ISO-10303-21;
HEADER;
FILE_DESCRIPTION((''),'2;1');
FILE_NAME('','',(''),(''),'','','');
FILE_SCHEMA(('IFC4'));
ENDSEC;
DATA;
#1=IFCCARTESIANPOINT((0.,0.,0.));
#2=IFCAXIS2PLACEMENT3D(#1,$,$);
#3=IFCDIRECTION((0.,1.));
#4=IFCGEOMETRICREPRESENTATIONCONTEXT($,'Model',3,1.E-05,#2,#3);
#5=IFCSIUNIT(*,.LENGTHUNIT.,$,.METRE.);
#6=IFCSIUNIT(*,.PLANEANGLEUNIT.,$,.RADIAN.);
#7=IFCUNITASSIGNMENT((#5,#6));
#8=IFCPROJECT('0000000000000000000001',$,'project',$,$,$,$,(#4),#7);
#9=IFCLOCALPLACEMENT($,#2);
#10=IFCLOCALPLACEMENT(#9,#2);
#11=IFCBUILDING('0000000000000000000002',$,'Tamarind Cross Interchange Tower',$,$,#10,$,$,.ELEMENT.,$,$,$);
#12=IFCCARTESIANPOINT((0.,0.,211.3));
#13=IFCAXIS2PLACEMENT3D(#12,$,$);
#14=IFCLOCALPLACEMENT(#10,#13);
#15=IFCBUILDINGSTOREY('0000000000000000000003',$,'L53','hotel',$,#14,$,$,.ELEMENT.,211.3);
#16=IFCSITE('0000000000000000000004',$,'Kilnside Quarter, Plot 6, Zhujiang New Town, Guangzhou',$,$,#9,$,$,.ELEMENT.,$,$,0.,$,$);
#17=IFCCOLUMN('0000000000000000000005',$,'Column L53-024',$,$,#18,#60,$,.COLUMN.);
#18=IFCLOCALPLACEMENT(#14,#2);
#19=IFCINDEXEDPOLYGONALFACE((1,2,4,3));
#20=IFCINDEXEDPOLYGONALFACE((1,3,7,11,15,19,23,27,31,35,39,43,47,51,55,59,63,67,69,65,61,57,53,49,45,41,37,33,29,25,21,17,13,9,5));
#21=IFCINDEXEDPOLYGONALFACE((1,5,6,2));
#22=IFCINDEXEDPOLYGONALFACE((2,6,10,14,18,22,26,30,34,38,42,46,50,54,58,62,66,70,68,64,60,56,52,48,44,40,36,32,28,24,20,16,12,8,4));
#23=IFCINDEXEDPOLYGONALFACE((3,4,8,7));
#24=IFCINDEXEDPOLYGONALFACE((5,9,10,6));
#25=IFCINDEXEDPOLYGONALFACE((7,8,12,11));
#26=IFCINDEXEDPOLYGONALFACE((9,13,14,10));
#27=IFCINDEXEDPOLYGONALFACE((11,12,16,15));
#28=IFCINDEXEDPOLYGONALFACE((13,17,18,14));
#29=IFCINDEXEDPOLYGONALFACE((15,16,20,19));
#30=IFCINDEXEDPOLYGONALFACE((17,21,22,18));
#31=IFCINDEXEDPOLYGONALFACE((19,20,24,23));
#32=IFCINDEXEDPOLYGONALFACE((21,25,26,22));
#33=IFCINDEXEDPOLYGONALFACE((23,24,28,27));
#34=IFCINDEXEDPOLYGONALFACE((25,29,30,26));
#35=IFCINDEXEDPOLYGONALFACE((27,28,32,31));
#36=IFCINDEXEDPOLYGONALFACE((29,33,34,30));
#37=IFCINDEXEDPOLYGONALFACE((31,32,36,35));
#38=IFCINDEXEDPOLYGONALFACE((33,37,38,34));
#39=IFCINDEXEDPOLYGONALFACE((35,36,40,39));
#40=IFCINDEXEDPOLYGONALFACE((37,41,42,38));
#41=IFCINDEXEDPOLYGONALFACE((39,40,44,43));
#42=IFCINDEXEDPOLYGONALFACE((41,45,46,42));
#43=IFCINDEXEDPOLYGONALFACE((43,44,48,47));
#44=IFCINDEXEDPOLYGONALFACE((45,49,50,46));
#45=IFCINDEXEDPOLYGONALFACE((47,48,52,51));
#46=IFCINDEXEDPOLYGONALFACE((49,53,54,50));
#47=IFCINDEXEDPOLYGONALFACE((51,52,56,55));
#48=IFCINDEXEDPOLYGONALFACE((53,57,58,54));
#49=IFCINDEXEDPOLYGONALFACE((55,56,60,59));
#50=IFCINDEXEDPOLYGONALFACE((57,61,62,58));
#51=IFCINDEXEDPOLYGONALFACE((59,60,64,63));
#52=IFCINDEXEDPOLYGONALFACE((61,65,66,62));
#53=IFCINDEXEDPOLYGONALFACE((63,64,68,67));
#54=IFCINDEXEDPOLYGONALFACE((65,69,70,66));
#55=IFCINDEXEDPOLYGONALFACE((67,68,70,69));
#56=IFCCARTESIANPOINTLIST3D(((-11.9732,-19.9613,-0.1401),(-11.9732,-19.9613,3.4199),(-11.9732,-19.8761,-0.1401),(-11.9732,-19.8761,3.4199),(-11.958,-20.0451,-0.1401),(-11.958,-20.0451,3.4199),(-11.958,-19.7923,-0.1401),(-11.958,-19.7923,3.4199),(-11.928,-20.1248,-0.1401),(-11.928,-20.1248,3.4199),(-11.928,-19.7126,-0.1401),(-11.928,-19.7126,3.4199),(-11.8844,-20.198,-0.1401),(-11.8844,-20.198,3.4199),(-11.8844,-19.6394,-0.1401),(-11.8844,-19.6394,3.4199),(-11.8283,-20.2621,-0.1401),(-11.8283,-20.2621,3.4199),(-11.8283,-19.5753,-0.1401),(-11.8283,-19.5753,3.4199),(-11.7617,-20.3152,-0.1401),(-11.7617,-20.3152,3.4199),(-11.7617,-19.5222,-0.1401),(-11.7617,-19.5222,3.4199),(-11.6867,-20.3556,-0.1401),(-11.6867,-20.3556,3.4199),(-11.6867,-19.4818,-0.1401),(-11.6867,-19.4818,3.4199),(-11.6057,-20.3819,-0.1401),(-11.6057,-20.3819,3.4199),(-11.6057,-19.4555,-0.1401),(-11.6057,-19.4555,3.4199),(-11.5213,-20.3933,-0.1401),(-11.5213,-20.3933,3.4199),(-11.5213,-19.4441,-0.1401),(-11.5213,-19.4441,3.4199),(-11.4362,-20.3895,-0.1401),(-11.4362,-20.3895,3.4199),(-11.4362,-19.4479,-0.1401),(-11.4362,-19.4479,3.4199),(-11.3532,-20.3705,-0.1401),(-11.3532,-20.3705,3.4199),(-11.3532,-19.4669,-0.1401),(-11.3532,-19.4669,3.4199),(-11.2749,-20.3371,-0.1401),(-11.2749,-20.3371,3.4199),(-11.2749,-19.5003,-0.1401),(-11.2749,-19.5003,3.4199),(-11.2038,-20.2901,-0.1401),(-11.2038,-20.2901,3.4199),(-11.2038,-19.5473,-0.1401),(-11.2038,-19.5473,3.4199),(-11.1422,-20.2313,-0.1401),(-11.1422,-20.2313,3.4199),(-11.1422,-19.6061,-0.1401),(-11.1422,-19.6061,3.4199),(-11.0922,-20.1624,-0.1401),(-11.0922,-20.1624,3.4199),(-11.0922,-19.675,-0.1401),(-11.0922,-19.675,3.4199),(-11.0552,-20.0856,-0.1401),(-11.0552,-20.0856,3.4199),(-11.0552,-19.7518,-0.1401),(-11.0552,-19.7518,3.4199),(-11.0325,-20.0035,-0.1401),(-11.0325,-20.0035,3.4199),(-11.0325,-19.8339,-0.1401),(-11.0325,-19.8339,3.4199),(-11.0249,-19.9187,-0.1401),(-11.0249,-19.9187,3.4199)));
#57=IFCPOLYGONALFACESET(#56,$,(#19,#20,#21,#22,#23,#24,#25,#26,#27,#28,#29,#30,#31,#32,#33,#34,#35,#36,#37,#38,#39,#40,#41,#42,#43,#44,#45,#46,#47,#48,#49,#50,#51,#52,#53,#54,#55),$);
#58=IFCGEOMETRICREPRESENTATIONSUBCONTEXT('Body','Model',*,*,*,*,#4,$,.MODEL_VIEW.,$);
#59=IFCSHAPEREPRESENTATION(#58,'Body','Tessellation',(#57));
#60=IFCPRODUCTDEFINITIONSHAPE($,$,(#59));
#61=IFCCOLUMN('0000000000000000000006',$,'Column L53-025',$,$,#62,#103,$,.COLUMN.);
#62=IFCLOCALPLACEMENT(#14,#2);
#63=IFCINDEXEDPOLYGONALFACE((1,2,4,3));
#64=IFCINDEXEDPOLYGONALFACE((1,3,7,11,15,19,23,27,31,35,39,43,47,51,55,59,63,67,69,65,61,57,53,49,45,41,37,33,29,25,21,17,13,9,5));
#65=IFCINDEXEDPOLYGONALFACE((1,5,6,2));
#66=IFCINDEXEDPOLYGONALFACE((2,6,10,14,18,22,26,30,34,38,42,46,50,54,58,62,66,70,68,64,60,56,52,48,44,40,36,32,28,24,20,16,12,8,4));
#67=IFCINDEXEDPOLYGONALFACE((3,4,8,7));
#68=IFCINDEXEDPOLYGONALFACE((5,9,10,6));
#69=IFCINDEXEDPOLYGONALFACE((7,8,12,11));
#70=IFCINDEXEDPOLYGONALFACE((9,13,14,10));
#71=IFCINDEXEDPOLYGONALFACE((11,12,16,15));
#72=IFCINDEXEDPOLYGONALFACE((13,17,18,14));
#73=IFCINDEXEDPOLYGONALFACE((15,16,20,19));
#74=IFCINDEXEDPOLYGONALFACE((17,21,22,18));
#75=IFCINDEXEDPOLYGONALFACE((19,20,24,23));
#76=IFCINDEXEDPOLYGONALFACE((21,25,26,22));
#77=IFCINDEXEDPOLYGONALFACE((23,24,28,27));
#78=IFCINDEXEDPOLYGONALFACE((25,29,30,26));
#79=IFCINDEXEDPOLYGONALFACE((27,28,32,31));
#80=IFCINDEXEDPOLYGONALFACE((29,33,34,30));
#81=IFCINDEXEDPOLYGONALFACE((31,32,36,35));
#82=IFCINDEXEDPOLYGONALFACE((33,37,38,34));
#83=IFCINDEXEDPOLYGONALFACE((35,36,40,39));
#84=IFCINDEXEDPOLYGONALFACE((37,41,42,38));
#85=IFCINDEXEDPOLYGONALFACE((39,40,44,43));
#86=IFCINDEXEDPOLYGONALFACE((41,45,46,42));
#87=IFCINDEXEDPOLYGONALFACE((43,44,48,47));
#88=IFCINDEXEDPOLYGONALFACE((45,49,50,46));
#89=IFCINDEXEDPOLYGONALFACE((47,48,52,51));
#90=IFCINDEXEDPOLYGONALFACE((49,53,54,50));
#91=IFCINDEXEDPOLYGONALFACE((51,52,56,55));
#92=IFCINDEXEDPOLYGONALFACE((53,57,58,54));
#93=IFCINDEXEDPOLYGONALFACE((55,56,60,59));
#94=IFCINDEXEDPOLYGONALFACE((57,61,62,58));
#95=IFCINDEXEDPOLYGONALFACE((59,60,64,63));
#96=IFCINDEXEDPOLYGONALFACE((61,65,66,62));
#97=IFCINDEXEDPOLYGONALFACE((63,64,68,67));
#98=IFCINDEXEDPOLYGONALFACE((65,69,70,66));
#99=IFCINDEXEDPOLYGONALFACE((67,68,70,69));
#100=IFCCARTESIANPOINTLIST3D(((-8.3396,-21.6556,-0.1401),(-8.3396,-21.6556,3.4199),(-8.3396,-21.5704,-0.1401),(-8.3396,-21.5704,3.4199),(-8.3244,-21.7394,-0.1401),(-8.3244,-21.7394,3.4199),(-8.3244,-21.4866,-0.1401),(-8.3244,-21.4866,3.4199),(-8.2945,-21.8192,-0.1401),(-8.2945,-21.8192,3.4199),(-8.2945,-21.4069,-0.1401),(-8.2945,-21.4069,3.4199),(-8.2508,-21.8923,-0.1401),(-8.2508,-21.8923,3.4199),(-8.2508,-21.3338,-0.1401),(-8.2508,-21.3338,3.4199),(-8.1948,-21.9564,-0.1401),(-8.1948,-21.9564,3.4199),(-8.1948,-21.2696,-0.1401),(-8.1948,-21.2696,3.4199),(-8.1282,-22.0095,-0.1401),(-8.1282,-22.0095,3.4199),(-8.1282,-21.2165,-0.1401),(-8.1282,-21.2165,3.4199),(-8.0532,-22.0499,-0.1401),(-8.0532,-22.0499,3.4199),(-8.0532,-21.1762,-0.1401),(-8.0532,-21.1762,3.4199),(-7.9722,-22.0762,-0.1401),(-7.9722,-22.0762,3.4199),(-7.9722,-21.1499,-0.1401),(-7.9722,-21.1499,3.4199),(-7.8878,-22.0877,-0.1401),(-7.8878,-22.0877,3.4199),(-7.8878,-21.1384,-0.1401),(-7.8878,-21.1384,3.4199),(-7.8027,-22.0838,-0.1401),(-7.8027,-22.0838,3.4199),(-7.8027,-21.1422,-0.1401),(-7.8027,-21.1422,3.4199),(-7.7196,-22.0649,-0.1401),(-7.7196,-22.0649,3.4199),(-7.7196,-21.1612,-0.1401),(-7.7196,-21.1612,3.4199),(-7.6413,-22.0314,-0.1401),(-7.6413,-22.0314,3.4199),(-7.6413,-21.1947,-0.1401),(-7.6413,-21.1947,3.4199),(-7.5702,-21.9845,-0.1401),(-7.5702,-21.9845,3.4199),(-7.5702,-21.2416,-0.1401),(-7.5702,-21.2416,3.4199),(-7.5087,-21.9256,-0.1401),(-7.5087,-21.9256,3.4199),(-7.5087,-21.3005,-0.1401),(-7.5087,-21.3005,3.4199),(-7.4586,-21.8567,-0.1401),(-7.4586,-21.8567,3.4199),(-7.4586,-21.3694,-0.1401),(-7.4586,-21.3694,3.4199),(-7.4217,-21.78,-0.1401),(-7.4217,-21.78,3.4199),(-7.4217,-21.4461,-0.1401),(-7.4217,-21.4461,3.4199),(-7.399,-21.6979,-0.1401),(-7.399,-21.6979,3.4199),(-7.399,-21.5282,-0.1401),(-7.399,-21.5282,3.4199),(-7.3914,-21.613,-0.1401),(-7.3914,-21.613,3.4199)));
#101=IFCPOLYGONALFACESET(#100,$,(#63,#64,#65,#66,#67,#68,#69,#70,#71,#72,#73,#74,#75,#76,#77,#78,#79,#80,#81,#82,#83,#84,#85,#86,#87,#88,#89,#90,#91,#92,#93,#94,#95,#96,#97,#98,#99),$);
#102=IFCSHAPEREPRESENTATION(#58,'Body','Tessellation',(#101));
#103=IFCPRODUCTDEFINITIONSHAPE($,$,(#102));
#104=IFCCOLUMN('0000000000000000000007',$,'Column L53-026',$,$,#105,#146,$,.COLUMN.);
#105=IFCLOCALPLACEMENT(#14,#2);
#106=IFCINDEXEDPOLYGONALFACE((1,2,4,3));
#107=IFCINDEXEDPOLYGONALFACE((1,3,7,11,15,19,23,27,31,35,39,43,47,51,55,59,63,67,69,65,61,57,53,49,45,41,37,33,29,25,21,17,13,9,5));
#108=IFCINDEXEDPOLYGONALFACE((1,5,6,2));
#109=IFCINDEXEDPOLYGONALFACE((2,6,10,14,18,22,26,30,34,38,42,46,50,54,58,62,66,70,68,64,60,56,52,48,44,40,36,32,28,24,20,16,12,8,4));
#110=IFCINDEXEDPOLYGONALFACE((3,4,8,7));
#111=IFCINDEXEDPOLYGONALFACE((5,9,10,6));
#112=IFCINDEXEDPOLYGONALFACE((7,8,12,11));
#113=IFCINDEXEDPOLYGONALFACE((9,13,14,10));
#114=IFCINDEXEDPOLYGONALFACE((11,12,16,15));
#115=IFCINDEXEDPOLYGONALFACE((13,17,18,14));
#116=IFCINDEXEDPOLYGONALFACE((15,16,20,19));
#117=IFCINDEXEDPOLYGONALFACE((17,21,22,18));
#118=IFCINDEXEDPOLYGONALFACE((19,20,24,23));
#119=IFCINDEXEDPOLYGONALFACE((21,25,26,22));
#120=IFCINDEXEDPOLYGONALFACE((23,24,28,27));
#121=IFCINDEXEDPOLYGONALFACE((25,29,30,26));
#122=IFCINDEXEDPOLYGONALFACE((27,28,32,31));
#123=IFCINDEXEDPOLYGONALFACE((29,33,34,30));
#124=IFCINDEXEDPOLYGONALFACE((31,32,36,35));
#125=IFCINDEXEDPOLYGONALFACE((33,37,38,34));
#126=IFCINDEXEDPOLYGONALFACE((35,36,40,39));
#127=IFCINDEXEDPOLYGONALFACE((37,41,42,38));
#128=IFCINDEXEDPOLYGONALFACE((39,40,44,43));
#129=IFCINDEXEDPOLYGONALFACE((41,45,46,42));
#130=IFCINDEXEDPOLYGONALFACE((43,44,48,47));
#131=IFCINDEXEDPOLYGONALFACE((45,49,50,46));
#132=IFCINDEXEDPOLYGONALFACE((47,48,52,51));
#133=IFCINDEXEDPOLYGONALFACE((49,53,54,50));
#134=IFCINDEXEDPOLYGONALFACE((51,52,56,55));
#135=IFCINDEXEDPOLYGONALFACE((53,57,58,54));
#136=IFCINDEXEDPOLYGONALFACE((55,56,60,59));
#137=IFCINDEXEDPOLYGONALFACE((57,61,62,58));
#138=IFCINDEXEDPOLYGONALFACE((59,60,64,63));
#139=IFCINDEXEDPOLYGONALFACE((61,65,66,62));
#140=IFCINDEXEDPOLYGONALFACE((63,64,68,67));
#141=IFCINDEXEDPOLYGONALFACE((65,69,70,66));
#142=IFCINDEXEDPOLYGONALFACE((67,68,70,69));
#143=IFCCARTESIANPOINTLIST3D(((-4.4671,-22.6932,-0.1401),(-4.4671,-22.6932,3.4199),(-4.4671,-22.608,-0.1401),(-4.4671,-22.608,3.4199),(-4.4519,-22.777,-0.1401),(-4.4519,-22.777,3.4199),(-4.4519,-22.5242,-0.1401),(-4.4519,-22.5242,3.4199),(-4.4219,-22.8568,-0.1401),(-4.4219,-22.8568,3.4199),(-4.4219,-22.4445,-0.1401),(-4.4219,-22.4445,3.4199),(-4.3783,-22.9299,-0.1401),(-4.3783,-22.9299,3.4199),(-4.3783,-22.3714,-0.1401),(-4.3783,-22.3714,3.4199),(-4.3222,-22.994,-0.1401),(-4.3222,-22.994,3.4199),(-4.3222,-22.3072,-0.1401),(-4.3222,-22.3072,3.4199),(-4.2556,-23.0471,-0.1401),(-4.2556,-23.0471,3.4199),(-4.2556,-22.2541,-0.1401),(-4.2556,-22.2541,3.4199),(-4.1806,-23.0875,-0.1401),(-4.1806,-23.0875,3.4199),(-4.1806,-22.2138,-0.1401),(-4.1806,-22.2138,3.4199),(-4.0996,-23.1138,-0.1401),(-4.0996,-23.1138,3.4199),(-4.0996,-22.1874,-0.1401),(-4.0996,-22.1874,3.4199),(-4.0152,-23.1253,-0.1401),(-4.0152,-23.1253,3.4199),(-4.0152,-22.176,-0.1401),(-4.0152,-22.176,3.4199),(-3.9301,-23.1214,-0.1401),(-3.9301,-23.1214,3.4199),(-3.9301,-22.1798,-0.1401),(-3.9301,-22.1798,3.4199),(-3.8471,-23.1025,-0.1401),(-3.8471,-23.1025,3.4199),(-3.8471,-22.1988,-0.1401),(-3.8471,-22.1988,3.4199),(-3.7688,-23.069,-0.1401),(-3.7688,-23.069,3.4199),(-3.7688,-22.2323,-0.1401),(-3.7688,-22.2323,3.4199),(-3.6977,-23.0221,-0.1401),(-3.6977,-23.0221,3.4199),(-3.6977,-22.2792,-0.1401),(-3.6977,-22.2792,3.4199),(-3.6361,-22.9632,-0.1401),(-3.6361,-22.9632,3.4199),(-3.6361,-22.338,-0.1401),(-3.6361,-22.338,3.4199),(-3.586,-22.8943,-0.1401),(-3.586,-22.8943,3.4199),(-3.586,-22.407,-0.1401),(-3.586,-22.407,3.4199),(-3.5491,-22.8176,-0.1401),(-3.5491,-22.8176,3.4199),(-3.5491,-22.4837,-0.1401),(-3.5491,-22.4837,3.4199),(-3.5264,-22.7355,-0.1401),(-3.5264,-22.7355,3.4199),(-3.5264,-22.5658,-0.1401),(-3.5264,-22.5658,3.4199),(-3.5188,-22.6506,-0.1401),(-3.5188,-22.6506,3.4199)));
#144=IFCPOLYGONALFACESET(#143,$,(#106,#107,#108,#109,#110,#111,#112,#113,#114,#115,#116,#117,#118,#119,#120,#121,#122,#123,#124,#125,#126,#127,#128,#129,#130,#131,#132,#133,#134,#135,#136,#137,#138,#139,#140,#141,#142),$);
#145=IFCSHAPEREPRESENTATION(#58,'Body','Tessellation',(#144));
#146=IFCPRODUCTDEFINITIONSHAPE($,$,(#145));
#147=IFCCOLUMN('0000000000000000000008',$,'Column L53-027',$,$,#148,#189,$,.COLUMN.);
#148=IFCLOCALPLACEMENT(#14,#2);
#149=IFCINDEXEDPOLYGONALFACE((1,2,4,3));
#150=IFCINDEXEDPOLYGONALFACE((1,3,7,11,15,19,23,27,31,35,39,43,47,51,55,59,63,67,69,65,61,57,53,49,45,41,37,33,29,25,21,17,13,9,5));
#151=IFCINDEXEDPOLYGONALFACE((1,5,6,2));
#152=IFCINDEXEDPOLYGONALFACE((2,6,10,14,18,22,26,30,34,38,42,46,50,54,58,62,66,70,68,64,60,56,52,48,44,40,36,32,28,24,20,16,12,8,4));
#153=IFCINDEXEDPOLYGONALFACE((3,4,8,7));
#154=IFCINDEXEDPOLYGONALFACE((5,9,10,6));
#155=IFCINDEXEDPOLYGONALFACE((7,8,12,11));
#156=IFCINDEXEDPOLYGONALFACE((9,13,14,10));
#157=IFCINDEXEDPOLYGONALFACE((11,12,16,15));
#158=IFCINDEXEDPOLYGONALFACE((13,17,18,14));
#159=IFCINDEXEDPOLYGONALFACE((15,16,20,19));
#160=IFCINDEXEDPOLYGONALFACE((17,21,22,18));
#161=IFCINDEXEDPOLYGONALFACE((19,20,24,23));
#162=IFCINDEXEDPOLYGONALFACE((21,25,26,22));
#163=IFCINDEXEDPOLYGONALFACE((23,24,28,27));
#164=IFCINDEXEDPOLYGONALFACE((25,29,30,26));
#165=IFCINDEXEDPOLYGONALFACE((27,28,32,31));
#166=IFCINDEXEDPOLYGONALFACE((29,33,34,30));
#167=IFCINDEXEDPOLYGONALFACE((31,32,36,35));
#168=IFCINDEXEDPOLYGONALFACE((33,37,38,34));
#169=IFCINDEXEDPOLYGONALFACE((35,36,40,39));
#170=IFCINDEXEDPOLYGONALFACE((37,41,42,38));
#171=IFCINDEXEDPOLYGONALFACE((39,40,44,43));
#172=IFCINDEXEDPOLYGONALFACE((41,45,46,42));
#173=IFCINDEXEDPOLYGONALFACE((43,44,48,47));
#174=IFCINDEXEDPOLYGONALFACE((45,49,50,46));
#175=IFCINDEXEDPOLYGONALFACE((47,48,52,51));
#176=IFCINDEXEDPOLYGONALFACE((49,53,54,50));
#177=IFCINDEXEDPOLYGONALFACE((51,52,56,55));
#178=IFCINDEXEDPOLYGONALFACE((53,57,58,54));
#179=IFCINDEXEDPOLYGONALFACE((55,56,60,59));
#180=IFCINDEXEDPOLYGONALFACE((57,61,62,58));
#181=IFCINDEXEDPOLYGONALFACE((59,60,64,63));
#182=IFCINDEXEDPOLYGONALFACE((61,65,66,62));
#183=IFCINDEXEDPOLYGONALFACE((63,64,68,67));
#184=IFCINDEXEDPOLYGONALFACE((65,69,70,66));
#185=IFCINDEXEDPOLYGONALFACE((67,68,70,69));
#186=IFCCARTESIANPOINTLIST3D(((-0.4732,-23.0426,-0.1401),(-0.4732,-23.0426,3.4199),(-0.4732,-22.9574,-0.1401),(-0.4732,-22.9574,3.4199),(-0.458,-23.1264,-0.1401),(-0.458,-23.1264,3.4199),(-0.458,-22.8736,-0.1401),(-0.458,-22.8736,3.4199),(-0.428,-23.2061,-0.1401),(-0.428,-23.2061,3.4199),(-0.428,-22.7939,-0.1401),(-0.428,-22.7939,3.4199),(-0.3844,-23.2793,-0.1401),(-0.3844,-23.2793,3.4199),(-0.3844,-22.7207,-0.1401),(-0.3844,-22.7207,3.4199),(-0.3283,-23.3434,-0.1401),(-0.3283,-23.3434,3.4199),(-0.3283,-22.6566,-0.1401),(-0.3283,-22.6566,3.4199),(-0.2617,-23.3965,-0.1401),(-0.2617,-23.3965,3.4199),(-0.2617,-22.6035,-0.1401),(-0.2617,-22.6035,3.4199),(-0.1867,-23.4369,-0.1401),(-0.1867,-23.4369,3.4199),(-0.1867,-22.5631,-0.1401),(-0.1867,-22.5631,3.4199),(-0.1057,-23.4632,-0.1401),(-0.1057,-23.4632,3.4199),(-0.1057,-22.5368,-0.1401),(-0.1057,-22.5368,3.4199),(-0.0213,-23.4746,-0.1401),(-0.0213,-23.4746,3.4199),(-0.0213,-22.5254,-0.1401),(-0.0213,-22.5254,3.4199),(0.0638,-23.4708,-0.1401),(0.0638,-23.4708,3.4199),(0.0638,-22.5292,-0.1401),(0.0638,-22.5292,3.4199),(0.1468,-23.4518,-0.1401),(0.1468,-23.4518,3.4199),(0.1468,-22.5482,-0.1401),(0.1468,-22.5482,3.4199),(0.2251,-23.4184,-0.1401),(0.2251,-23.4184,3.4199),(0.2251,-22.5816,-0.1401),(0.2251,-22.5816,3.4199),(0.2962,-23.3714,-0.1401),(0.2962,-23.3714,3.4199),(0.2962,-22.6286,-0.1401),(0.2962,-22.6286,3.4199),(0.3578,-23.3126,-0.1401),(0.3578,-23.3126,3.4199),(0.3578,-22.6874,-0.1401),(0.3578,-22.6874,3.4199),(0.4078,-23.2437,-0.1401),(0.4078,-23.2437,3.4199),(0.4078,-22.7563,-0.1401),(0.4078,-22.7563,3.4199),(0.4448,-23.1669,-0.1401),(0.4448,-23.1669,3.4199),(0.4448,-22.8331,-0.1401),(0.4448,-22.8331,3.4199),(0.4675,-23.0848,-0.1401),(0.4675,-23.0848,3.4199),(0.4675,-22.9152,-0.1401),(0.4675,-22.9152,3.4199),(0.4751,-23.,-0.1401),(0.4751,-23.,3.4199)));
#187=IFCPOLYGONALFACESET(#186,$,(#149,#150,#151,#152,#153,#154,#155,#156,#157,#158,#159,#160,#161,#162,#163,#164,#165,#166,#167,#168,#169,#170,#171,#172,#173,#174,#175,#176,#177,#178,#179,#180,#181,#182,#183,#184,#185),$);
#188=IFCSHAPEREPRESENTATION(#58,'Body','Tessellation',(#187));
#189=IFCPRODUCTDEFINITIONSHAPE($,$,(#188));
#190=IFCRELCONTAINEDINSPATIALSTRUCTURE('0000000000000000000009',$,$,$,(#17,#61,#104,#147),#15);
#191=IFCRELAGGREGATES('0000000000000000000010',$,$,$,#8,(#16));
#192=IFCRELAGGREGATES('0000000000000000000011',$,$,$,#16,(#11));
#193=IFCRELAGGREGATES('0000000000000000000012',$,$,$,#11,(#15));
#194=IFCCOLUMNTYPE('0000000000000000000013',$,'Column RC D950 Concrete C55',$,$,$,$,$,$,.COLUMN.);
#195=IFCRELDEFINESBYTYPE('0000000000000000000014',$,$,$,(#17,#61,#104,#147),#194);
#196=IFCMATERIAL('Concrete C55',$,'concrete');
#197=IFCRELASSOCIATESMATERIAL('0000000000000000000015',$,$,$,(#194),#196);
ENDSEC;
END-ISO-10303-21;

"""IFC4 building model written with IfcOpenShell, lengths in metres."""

from ifc_helpers import new_model, si_unit, direction, frame, origin, origin_2d, place, context, subcontext, project, spatial, circle, extrude, material, material_profile, profile_set, type_object, element, save


model = new_model("IFC4")

# Units and contexts
model_context = context("Model", 3, precision=1e-05, world=origin(), true_north=direction((0.0, 1.0)))
body_context = subcontext(model_context, "Body", "Model", "MODEL_VIEW")
ifc_project = project(units=[si_unit("LENGTHUNIT", "METRE"), si_unit("PLANEANGLEUNIT", "RADIAN")], contexts=[model_context])

# Site, building, storey
site_placement = place(None, origin())
site = spatial("IfcSite", under=ifc_project, at=site_placement, Name="Kilnside Quarter, Plot 6, Zhujiang New Town, Guangzhou", CompositionType="ELEMENT", RefElevation=0.0)
building_placement = place(site_placement, origin())
building = spatial("IfcBuilding", under=site, at=building_placement, Name="Tamarind Cross Interchange Tower", CompositionType="ELEMENT")
storey_placement = place(building_placement, frame((0.0, 0.0, 211.3)))
storey = spatial("IfcBuildingStorey", under=building, at=storey_placement, Name="L53", Description="hotel", CompositionType="ELEMENT", Elevation=211.3)

# Columns
ifc_material_1 = material(Name="Concrete C55", Category="concrete")
ifc_material_profile_1 = material_profile(ifc_material_1, circle(Radius=0.4751, at=origin_2d()), Name="RC D950")
ifc_profile_set_1 = profile_set([ifc_material_profile_1], Name="Concrete C55")
column_type = type_object("IfcColumnType", Name="Column RC D950 Concrete C55", PredefinedType="COLUMN", material=ifc_profile_set_1)
for number, where, z_axis, x_axis, name in (
    (1, (-11.5, -19.9187, -0.1401), (0.0, 0.0, 1.0), (1.0, 0.0, 0.0), "Column L53-024"),
    (2, (-7.8665, -21.613, -0.1401), (0.0, 0.0, 1.0), (1.0, 0.0, 0.0), "Column L53-025"),
    (3, (-3.9939, -22.6506, -0.1401), (0.0, 0.0, 1.0), (1.0, 0.0, 0.0), "Column L53-026"),
    (4, (0.0, -23.0, -0.1401), (0.0, 0.0, 1.0), (1.0, 0.0, 0.0), "Column L53-027"),
):
    element("IfcColumn", number, at=place(storey_placement, frame(where, z_axis=z_axis, x_axis=x_axis)), inside=storey, type_object=column_type, Name=name, PredefinedType="COLUMN", context=body_context, shape_type="SweptSolid", body=[
        extrude(circle(Radius=0.4751, at=origin_2d()), origin(), (0.0, 0.0, 1.0), 3.5601),
    ])

save(model, "model.ifc")
